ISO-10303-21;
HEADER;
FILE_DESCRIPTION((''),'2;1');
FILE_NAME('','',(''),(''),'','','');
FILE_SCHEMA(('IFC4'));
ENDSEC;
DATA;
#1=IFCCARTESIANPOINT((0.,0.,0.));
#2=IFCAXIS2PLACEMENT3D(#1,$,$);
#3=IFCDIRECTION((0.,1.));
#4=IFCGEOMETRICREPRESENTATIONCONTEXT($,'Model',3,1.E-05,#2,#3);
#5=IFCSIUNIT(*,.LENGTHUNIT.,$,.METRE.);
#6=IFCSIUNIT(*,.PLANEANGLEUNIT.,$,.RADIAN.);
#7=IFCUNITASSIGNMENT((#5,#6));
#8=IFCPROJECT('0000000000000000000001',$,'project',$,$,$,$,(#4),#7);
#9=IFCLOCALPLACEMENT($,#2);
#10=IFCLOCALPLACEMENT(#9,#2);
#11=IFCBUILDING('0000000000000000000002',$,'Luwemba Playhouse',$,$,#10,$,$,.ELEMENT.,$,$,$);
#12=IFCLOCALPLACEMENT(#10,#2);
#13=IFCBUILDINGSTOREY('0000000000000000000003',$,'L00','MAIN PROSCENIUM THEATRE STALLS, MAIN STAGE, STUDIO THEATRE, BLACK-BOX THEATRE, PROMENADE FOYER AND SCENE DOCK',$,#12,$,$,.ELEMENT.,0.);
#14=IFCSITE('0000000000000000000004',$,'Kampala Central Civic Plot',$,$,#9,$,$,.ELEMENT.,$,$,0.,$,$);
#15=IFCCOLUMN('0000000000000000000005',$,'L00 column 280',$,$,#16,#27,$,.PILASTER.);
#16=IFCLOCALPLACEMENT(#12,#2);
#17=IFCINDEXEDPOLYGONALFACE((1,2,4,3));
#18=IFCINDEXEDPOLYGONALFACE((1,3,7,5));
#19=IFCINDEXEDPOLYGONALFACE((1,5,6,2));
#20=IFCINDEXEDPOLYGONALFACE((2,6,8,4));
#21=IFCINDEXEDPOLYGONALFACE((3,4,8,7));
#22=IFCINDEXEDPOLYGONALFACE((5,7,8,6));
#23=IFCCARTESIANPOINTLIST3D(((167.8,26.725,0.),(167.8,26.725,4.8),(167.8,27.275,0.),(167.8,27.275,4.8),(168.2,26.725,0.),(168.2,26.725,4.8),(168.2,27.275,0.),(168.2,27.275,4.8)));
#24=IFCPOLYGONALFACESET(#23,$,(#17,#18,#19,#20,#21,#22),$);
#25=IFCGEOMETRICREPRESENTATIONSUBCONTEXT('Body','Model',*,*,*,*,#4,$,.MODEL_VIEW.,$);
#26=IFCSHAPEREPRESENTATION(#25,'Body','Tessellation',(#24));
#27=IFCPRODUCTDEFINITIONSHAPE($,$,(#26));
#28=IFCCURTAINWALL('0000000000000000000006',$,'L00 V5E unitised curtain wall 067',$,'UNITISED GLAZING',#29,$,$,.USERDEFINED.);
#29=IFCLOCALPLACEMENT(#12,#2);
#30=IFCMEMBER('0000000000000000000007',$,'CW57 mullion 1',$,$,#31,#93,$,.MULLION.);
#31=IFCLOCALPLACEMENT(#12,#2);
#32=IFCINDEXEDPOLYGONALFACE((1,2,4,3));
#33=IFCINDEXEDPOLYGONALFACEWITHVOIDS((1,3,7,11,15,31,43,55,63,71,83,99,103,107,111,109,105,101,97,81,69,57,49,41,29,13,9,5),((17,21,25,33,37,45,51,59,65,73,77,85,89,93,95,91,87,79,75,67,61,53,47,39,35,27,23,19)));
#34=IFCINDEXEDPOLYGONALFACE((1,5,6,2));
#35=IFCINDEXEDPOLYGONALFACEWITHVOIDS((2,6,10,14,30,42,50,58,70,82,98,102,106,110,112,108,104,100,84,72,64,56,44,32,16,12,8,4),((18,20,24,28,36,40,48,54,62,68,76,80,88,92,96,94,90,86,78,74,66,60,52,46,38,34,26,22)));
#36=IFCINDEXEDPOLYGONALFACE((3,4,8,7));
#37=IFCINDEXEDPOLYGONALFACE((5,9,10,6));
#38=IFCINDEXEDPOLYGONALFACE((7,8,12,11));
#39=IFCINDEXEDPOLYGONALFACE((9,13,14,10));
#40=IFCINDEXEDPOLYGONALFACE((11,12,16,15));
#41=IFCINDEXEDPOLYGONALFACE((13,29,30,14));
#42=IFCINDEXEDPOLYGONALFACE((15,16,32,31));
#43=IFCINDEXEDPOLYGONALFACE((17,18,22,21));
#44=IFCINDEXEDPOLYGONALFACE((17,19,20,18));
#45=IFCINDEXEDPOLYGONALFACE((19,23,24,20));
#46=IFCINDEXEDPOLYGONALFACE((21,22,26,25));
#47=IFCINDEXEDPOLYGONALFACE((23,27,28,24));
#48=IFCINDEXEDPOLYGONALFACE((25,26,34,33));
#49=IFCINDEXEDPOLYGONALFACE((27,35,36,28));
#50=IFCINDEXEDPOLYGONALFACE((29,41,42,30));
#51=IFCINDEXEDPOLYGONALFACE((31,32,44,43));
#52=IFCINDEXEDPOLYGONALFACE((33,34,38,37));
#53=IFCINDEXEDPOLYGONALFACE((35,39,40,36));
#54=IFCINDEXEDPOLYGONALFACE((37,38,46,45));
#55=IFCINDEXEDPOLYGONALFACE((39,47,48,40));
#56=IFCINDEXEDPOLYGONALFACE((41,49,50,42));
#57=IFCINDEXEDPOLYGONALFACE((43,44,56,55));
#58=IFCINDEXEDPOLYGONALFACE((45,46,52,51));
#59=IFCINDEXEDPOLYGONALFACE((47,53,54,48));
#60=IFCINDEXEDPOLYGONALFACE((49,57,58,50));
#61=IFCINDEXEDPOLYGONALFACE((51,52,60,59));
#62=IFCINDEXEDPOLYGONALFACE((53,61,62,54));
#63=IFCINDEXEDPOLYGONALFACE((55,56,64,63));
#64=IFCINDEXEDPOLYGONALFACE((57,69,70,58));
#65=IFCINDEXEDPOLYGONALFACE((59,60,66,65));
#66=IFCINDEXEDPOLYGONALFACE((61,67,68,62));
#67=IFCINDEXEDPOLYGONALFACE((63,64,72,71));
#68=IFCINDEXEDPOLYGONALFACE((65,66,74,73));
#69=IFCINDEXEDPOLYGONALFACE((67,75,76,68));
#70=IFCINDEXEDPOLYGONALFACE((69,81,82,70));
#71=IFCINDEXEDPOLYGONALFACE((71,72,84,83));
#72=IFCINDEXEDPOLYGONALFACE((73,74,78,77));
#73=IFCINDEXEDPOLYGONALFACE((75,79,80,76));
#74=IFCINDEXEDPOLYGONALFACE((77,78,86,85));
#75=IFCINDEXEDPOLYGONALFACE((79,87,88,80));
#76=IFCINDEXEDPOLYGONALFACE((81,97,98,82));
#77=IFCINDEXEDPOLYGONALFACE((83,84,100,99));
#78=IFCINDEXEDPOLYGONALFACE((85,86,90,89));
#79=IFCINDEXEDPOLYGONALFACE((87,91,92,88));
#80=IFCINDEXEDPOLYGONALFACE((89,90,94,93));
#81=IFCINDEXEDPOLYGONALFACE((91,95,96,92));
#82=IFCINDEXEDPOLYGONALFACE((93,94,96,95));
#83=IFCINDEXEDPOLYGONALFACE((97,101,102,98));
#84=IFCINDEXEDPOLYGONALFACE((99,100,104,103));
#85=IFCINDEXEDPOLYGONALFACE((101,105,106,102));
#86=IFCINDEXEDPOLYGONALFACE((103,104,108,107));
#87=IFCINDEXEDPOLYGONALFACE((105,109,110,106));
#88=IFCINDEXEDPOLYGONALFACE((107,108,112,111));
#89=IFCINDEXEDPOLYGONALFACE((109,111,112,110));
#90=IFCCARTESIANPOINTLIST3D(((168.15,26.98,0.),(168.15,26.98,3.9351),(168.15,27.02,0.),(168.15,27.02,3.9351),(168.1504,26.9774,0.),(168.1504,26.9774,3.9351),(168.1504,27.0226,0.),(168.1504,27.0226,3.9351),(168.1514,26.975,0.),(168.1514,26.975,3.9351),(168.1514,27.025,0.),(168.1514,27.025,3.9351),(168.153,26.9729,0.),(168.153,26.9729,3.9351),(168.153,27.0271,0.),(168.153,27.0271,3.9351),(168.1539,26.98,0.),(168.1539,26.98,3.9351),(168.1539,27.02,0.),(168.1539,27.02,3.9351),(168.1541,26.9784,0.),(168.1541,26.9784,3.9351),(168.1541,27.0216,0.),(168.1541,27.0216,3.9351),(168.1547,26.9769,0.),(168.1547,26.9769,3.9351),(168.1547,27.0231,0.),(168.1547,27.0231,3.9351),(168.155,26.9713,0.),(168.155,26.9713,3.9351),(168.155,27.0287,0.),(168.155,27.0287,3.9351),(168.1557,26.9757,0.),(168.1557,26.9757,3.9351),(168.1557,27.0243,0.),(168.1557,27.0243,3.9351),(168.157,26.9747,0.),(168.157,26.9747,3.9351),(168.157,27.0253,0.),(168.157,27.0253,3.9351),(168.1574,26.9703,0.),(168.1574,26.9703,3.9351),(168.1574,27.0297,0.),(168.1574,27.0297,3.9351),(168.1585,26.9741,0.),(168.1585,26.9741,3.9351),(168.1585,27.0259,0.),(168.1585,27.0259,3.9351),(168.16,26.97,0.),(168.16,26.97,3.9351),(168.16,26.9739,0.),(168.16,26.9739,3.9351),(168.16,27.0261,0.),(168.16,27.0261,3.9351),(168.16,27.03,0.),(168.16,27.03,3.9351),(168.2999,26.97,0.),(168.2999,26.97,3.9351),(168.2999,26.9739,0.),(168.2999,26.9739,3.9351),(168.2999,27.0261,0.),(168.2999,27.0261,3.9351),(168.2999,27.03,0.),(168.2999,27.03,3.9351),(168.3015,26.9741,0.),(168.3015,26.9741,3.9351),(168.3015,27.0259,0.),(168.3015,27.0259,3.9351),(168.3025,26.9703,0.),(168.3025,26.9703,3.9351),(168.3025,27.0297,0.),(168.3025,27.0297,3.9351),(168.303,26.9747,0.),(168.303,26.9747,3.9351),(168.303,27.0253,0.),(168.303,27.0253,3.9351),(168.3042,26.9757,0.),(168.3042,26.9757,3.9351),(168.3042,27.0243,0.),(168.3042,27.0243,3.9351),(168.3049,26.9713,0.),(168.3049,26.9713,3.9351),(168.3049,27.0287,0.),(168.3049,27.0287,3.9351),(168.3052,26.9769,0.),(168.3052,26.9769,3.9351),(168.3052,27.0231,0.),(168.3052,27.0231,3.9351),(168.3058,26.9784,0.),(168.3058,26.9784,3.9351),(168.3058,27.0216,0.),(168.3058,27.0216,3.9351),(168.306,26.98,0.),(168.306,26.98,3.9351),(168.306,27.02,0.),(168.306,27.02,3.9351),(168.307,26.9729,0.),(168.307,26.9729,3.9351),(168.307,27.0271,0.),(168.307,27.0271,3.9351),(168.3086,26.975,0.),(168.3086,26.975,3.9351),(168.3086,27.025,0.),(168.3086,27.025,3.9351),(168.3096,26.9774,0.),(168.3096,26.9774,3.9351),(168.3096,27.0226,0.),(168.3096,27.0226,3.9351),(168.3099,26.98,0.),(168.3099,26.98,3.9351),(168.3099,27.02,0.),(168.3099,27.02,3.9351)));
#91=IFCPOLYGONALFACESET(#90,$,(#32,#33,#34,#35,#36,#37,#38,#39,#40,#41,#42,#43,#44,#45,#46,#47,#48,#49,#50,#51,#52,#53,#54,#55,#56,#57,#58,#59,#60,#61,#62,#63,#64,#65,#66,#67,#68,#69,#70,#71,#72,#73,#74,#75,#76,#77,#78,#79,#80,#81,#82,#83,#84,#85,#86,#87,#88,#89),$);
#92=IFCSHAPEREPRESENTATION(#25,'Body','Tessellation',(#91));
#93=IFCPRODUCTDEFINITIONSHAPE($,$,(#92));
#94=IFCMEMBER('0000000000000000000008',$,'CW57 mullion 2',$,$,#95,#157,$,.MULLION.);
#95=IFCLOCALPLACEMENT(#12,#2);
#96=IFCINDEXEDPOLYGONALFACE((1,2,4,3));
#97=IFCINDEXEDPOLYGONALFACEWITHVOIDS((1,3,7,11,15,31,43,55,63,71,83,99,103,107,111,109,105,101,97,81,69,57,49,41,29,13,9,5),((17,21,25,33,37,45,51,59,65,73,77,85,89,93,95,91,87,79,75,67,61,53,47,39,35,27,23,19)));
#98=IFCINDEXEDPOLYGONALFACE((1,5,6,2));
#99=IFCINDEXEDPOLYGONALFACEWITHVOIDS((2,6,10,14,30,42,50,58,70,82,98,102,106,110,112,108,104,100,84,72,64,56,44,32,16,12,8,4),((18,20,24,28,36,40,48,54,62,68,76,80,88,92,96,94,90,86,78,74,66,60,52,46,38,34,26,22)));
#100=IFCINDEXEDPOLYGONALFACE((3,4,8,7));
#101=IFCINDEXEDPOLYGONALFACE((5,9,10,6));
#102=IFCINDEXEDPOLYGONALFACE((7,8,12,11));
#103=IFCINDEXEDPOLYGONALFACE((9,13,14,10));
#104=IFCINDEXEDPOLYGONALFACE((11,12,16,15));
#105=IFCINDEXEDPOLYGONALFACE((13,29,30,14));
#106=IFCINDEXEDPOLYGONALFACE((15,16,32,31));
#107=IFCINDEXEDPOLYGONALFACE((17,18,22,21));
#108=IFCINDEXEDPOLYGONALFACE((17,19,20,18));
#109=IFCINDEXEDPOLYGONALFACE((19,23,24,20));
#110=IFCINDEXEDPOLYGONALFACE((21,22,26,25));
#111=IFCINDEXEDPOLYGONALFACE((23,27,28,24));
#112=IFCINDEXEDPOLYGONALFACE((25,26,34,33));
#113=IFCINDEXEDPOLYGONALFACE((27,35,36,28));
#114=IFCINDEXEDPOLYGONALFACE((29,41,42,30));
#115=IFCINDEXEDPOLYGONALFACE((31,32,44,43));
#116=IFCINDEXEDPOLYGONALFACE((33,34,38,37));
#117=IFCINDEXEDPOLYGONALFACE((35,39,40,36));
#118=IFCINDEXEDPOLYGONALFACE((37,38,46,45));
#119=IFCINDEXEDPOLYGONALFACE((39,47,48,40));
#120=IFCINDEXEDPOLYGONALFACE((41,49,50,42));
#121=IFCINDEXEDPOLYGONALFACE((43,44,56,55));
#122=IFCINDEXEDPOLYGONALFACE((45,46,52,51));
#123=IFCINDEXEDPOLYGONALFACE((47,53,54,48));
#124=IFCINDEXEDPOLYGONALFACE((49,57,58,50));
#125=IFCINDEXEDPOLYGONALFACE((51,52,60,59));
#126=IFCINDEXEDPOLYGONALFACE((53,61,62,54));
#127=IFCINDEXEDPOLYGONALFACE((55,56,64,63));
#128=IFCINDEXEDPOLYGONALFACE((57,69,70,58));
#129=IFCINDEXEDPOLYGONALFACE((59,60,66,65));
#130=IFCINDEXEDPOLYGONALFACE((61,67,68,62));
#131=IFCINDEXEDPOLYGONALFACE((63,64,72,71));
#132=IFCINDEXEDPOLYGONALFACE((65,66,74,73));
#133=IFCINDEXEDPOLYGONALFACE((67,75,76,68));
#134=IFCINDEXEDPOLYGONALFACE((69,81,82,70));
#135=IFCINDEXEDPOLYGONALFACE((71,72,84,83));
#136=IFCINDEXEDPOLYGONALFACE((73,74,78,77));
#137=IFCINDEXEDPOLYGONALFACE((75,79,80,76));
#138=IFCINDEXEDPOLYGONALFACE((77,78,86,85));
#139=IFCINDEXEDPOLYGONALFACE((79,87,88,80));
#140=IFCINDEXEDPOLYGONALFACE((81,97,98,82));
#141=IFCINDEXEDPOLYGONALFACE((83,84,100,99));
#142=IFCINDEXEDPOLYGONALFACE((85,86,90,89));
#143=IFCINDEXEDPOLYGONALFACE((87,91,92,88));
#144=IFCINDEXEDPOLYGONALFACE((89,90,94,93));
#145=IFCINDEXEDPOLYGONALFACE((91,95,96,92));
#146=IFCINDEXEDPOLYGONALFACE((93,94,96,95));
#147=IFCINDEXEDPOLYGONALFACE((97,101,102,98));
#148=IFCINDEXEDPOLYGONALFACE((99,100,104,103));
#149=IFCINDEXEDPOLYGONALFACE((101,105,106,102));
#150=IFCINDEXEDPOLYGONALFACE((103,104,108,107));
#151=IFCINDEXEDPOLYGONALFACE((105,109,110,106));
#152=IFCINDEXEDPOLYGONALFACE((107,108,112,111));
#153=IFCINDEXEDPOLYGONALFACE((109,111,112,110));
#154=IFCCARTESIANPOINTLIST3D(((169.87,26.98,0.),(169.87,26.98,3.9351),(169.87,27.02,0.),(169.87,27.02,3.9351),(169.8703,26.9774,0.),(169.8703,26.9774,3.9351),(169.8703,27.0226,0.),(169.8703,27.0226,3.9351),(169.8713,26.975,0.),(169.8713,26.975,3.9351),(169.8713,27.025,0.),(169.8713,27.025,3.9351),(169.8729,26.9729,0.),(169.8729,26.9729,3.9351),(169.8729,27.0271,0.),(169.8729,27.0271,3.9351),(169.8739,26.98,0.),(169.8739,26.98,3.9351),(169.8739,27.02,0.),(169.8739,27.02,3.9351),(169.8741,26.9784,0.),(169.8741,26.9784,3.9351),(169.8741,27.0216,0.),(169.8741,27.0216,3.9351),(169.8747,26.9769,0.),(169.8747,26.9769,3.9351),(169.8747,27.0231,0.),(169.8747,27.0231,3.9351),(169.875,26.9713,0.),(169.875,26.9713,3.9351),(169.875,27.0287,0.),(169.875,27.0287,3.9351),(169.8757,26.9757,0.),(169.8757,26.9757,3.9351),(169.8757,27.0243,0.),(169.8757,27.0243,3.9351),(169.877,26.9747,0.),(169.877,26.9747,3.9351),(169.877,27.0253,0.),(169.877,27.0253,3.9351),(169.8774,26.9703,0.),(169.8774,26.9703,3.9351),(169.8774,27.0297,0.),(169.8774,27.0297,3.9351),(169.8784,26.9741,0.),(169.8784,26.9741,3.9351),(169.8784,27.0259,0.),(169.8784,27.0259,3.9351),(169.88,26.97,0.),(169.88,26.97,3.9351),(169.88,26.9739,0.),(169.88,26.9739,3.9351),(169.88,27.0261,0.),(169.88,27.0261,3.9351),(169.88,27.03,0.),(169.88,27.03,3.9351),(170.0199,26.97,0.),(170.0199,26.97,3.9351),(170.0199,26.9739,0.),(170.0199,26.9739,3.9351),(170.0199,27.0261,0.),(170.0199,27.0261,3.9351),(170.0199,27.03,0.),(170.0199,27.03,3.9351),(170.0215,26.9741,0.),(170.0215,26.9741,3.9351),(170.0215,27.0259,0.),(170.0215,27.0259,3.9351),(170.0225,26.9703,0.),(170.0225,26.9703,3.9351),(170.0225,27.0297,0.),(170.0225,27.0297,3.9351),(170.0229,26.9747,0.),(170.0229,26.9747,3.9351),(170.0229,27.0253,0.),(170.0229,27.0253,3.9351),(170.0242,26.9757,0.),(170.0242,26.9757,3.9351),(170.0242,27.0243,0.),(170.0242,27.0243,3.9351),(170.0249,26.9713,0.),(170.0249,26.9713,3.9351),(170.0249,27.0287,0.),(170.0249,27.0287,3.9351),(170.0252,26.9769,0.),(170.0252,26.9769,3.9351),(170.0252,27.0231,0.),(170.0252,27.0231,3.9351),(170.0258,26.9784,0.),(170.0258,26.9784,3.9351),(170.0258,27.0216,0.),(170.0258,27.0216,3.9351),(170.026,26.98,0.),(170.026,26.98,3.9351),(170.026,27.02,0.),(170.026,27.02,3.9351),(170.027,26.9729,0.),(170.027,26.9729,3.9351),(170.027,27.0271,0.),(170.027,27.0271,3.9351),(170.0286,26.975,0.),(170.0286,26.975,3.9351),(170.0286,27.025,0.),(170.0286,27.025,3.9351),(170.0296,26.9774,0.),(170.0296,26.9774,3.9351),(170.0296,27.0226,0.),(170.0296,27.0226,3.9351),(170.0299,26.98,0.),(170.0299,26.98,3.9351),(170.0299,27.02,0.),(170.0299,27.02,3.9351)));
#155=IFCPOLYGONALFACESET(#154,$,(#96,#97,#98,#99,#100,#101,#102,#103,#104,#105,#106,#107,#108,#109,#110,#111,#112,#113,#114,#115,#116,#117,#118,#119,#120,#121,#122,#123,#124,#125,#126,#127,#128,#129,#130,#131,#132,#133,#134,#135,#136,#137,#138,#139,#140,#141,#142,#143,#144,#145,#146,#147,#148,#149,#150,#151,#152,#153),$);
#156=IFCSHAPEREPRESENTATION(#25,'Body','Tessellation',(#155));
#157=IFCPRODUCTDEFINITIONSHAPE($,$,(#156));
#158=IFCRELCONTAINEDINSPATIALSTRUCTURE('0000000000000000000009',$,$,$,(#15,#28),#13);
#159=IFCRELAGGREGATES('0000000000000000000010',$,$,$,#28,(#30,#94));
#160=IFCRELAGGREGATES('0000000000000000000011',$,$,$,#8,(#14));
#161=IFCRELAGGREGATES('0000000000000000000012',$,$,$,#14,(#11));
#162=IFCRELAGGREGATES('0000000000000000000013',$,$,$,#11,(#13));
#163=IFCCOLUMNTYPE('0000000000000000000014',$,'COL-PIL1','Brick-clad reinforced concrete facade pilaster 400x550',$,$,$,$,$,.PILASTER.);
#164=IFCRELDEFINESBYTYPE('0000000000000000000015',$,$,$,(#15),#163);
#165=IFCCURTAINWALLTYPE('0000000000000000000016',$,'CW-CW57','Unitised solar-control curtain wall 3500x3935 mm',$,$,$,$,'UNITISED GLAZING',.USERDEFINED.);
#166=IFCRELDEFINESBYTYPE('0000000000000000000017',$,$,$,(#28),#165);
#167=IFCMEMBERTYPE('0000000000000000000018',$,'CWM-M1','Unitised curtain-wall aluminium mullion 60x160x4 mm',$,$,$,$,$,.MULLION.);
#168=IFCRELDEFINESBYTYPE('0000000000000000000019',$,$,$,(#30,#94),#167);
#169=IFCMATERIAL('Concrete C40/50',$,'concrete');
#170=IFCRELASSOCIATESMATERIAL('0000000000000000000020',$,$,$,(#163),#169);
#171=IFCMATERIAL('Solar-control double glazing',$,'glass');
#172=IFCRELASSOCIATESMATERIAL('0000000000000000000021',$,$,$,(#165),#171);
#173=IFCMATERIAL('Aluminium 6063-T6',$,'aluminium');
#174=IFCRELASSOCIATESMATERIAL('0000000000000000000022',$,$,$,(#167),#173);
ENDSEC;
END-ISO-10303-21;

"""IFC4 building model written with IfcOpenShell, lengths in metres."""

from ifc_helpers import new_model, si_unit, direction, frame, origin, origin_2d, place, context, subcontext, project, spatial, rectangle, hollow_rectangle, extrude, material, material_profile, profile_set, type_object, element, aggregate, save


model = new_model("IFC4")

# Units and contexts
model_context = context("Model", 3, precision=1e-05, world=origin(), true_north=direction((0.0, 1.0)))
body_context = subcontext(model_context, "Body", "Model", "MODEL_VIEW")
ifc_project = project(units=[si_unit("LENGTHUNIT", "METRE"), si_unit("PLANEANGLEUNIT", "RADIAN")], contexts=[model_context])

# Site, building, storey
site_placement = place(None, origin())
site = spatial("IfcSite", under=ifc_project, at=site_placement, Name="Kampala Central Civic Plot", CompositionType="ELEMENT", RefElevation=0.0)
building_placement = place(site_placement, origin())
building = spatial("IfcBuilding", under=site, at=building_placement, Name="Luwemba Playhouse", CompositionType="ELEMENT")
storey_placement = place(building_placement, origin())
storey = spatial("IfcBuildingStorey", under=building, at=storey_placement, Name="L00", Description="MAIN PROSCENIUM THEATRE STALLS, MAIN STAGE, STUDIO THEATRE, BLACK-BOX THEATRE, PROMENADE FOYER AND SCENE DOCK", CompositionType="ELEMENT", Elevation=0.0)

# Column
ifc_material_1 = material(Name="Concrete C40/50", Category="concrete")
ifc_material_profile_1 = material_profile(ifc_material_1, rectangle(XDim=0.3999, YDim=0.55, at=origin_2d()))
ifc_profile_set_1 = profile_set([ifc_material_profile_1], Name="Concrete C40/50")
column_type = type_object("IfcColumnType", Name="COL-PIL1", Description="Brick-clad reinforced concrete facade pilaster 400x550", PredefinedType="PILASTER", material=ifc_profile_set_1)
column_placement = place(storey_placement, frame((168.0, 27.0, 0.0), z_axis=(0.0, 0.0, 1.0), x_axis=(1.0, 0.0, 0.0)))
element("IfcColumn", 1, at=column_placement, inside=storey, type_object=column_type, Name="L00 column 280", PredefinedType="PILASTER", context=body_context, shape_type="SweptSolid", body=[
    extrude(rectangle(XDim=0.3999, YDim=0.55, at=origin_2d()), origin(), (0.0, 0.0, 1.0), 4.8),
])

# Curtain wall, members
ifc_material_2 = material(Name="Solar-control double glazing", Category="glass")
curtain_wall_type_1 = type_object("IfcCurtainWallType", Name="CW-CW57", Description="Unitised solar-control curtain wall 3500x3935 mm", ElementType="UNITISED GLAZING", PredefinedType="USERDEFINED", material=ifc_material_2)
curtain_wall_1_placement = place(storey_placement, origin())
curtain_wall_1 = element("IfcCurtainWall", 2, at=curtain_wall_1_placement, inside=storey, type_object=curtain_wall_type_1, Name="L00 V5E unitised curtain wall 067", ObjectType="UNITISED GLAZING", PredefinedType="USERDEFINED")
ifc_material_3 = material(Name="Aluminium 6063-T6", Category="aluminium")
ifc_material_profile_2 = material_profile(ifc_material_3, hollow_rectangle(XDim=0.0601, YDim=0.1599, WallThickness=0.0039, InnerFilletRadius=0.0061, OuterFilletRadius=0.01, at=origin_2d()))
ifc_profile_set_2 = profile_set([ifc_material_profile_2], Name="Aluminium 6063-T6")
member_type_1 = type_object("IfcMemberType", Name="CWM-M1", Description="Unitised curtain-wall aluminium mullion 60x160x4 mm", PredefinedType="MULLION", material=ifc_profile_set_2)
member_1_placement = place(storey_placement, frame((168.23, 27.0, 0.0), z_axis=(0.0, 0.0, 1.0), x_axis=(0.0, 1.0, 0.0)))
member_1 = element("IfcMember", 3, at=member_1_placement, type_object=member_type_1, Name="CW57 mullion 1", PredefinedType="MULLION", context=body_context, shape_type="SweptSolid", body=[
    extrude(hollow_rectangle(XDim=0.0601, YDim=0.1599, WallThickness=0.0039, InnerFilletRadius=0.0061, OuterFilletRadius=0.01, at=origin_2d()), origin(), (0.0, 0.0, 1.0), 3.9351),
])
member_2_placement = place(storey_placement, frame((169.95, 27.0, 0.0), z_axis=(0.0, 0.0, 1.0), x_axis=(0.0, 1.0, 0.0)))
member_2 = element("IfcMember", 4, at=member_2_placement, type_object=member_type_1, Name="CW57 mullion 2", PredefinedType="MULLION", context=body_context, shape_type="SweptSolid", body=[
    extrude(hollow_rectangle(XDim=0.0601, YDim=0.1599, WallThickness=0.0039, InnerFilletRadius=0.0061, OuterFilletRadius=0.01, at=origin_2d()), origin(), (0.0, 0.0, 1.0), 3.9351),
])

aggregate(curtain_wall_1, [member_1, member_2])

save(model, "model.ifc")
